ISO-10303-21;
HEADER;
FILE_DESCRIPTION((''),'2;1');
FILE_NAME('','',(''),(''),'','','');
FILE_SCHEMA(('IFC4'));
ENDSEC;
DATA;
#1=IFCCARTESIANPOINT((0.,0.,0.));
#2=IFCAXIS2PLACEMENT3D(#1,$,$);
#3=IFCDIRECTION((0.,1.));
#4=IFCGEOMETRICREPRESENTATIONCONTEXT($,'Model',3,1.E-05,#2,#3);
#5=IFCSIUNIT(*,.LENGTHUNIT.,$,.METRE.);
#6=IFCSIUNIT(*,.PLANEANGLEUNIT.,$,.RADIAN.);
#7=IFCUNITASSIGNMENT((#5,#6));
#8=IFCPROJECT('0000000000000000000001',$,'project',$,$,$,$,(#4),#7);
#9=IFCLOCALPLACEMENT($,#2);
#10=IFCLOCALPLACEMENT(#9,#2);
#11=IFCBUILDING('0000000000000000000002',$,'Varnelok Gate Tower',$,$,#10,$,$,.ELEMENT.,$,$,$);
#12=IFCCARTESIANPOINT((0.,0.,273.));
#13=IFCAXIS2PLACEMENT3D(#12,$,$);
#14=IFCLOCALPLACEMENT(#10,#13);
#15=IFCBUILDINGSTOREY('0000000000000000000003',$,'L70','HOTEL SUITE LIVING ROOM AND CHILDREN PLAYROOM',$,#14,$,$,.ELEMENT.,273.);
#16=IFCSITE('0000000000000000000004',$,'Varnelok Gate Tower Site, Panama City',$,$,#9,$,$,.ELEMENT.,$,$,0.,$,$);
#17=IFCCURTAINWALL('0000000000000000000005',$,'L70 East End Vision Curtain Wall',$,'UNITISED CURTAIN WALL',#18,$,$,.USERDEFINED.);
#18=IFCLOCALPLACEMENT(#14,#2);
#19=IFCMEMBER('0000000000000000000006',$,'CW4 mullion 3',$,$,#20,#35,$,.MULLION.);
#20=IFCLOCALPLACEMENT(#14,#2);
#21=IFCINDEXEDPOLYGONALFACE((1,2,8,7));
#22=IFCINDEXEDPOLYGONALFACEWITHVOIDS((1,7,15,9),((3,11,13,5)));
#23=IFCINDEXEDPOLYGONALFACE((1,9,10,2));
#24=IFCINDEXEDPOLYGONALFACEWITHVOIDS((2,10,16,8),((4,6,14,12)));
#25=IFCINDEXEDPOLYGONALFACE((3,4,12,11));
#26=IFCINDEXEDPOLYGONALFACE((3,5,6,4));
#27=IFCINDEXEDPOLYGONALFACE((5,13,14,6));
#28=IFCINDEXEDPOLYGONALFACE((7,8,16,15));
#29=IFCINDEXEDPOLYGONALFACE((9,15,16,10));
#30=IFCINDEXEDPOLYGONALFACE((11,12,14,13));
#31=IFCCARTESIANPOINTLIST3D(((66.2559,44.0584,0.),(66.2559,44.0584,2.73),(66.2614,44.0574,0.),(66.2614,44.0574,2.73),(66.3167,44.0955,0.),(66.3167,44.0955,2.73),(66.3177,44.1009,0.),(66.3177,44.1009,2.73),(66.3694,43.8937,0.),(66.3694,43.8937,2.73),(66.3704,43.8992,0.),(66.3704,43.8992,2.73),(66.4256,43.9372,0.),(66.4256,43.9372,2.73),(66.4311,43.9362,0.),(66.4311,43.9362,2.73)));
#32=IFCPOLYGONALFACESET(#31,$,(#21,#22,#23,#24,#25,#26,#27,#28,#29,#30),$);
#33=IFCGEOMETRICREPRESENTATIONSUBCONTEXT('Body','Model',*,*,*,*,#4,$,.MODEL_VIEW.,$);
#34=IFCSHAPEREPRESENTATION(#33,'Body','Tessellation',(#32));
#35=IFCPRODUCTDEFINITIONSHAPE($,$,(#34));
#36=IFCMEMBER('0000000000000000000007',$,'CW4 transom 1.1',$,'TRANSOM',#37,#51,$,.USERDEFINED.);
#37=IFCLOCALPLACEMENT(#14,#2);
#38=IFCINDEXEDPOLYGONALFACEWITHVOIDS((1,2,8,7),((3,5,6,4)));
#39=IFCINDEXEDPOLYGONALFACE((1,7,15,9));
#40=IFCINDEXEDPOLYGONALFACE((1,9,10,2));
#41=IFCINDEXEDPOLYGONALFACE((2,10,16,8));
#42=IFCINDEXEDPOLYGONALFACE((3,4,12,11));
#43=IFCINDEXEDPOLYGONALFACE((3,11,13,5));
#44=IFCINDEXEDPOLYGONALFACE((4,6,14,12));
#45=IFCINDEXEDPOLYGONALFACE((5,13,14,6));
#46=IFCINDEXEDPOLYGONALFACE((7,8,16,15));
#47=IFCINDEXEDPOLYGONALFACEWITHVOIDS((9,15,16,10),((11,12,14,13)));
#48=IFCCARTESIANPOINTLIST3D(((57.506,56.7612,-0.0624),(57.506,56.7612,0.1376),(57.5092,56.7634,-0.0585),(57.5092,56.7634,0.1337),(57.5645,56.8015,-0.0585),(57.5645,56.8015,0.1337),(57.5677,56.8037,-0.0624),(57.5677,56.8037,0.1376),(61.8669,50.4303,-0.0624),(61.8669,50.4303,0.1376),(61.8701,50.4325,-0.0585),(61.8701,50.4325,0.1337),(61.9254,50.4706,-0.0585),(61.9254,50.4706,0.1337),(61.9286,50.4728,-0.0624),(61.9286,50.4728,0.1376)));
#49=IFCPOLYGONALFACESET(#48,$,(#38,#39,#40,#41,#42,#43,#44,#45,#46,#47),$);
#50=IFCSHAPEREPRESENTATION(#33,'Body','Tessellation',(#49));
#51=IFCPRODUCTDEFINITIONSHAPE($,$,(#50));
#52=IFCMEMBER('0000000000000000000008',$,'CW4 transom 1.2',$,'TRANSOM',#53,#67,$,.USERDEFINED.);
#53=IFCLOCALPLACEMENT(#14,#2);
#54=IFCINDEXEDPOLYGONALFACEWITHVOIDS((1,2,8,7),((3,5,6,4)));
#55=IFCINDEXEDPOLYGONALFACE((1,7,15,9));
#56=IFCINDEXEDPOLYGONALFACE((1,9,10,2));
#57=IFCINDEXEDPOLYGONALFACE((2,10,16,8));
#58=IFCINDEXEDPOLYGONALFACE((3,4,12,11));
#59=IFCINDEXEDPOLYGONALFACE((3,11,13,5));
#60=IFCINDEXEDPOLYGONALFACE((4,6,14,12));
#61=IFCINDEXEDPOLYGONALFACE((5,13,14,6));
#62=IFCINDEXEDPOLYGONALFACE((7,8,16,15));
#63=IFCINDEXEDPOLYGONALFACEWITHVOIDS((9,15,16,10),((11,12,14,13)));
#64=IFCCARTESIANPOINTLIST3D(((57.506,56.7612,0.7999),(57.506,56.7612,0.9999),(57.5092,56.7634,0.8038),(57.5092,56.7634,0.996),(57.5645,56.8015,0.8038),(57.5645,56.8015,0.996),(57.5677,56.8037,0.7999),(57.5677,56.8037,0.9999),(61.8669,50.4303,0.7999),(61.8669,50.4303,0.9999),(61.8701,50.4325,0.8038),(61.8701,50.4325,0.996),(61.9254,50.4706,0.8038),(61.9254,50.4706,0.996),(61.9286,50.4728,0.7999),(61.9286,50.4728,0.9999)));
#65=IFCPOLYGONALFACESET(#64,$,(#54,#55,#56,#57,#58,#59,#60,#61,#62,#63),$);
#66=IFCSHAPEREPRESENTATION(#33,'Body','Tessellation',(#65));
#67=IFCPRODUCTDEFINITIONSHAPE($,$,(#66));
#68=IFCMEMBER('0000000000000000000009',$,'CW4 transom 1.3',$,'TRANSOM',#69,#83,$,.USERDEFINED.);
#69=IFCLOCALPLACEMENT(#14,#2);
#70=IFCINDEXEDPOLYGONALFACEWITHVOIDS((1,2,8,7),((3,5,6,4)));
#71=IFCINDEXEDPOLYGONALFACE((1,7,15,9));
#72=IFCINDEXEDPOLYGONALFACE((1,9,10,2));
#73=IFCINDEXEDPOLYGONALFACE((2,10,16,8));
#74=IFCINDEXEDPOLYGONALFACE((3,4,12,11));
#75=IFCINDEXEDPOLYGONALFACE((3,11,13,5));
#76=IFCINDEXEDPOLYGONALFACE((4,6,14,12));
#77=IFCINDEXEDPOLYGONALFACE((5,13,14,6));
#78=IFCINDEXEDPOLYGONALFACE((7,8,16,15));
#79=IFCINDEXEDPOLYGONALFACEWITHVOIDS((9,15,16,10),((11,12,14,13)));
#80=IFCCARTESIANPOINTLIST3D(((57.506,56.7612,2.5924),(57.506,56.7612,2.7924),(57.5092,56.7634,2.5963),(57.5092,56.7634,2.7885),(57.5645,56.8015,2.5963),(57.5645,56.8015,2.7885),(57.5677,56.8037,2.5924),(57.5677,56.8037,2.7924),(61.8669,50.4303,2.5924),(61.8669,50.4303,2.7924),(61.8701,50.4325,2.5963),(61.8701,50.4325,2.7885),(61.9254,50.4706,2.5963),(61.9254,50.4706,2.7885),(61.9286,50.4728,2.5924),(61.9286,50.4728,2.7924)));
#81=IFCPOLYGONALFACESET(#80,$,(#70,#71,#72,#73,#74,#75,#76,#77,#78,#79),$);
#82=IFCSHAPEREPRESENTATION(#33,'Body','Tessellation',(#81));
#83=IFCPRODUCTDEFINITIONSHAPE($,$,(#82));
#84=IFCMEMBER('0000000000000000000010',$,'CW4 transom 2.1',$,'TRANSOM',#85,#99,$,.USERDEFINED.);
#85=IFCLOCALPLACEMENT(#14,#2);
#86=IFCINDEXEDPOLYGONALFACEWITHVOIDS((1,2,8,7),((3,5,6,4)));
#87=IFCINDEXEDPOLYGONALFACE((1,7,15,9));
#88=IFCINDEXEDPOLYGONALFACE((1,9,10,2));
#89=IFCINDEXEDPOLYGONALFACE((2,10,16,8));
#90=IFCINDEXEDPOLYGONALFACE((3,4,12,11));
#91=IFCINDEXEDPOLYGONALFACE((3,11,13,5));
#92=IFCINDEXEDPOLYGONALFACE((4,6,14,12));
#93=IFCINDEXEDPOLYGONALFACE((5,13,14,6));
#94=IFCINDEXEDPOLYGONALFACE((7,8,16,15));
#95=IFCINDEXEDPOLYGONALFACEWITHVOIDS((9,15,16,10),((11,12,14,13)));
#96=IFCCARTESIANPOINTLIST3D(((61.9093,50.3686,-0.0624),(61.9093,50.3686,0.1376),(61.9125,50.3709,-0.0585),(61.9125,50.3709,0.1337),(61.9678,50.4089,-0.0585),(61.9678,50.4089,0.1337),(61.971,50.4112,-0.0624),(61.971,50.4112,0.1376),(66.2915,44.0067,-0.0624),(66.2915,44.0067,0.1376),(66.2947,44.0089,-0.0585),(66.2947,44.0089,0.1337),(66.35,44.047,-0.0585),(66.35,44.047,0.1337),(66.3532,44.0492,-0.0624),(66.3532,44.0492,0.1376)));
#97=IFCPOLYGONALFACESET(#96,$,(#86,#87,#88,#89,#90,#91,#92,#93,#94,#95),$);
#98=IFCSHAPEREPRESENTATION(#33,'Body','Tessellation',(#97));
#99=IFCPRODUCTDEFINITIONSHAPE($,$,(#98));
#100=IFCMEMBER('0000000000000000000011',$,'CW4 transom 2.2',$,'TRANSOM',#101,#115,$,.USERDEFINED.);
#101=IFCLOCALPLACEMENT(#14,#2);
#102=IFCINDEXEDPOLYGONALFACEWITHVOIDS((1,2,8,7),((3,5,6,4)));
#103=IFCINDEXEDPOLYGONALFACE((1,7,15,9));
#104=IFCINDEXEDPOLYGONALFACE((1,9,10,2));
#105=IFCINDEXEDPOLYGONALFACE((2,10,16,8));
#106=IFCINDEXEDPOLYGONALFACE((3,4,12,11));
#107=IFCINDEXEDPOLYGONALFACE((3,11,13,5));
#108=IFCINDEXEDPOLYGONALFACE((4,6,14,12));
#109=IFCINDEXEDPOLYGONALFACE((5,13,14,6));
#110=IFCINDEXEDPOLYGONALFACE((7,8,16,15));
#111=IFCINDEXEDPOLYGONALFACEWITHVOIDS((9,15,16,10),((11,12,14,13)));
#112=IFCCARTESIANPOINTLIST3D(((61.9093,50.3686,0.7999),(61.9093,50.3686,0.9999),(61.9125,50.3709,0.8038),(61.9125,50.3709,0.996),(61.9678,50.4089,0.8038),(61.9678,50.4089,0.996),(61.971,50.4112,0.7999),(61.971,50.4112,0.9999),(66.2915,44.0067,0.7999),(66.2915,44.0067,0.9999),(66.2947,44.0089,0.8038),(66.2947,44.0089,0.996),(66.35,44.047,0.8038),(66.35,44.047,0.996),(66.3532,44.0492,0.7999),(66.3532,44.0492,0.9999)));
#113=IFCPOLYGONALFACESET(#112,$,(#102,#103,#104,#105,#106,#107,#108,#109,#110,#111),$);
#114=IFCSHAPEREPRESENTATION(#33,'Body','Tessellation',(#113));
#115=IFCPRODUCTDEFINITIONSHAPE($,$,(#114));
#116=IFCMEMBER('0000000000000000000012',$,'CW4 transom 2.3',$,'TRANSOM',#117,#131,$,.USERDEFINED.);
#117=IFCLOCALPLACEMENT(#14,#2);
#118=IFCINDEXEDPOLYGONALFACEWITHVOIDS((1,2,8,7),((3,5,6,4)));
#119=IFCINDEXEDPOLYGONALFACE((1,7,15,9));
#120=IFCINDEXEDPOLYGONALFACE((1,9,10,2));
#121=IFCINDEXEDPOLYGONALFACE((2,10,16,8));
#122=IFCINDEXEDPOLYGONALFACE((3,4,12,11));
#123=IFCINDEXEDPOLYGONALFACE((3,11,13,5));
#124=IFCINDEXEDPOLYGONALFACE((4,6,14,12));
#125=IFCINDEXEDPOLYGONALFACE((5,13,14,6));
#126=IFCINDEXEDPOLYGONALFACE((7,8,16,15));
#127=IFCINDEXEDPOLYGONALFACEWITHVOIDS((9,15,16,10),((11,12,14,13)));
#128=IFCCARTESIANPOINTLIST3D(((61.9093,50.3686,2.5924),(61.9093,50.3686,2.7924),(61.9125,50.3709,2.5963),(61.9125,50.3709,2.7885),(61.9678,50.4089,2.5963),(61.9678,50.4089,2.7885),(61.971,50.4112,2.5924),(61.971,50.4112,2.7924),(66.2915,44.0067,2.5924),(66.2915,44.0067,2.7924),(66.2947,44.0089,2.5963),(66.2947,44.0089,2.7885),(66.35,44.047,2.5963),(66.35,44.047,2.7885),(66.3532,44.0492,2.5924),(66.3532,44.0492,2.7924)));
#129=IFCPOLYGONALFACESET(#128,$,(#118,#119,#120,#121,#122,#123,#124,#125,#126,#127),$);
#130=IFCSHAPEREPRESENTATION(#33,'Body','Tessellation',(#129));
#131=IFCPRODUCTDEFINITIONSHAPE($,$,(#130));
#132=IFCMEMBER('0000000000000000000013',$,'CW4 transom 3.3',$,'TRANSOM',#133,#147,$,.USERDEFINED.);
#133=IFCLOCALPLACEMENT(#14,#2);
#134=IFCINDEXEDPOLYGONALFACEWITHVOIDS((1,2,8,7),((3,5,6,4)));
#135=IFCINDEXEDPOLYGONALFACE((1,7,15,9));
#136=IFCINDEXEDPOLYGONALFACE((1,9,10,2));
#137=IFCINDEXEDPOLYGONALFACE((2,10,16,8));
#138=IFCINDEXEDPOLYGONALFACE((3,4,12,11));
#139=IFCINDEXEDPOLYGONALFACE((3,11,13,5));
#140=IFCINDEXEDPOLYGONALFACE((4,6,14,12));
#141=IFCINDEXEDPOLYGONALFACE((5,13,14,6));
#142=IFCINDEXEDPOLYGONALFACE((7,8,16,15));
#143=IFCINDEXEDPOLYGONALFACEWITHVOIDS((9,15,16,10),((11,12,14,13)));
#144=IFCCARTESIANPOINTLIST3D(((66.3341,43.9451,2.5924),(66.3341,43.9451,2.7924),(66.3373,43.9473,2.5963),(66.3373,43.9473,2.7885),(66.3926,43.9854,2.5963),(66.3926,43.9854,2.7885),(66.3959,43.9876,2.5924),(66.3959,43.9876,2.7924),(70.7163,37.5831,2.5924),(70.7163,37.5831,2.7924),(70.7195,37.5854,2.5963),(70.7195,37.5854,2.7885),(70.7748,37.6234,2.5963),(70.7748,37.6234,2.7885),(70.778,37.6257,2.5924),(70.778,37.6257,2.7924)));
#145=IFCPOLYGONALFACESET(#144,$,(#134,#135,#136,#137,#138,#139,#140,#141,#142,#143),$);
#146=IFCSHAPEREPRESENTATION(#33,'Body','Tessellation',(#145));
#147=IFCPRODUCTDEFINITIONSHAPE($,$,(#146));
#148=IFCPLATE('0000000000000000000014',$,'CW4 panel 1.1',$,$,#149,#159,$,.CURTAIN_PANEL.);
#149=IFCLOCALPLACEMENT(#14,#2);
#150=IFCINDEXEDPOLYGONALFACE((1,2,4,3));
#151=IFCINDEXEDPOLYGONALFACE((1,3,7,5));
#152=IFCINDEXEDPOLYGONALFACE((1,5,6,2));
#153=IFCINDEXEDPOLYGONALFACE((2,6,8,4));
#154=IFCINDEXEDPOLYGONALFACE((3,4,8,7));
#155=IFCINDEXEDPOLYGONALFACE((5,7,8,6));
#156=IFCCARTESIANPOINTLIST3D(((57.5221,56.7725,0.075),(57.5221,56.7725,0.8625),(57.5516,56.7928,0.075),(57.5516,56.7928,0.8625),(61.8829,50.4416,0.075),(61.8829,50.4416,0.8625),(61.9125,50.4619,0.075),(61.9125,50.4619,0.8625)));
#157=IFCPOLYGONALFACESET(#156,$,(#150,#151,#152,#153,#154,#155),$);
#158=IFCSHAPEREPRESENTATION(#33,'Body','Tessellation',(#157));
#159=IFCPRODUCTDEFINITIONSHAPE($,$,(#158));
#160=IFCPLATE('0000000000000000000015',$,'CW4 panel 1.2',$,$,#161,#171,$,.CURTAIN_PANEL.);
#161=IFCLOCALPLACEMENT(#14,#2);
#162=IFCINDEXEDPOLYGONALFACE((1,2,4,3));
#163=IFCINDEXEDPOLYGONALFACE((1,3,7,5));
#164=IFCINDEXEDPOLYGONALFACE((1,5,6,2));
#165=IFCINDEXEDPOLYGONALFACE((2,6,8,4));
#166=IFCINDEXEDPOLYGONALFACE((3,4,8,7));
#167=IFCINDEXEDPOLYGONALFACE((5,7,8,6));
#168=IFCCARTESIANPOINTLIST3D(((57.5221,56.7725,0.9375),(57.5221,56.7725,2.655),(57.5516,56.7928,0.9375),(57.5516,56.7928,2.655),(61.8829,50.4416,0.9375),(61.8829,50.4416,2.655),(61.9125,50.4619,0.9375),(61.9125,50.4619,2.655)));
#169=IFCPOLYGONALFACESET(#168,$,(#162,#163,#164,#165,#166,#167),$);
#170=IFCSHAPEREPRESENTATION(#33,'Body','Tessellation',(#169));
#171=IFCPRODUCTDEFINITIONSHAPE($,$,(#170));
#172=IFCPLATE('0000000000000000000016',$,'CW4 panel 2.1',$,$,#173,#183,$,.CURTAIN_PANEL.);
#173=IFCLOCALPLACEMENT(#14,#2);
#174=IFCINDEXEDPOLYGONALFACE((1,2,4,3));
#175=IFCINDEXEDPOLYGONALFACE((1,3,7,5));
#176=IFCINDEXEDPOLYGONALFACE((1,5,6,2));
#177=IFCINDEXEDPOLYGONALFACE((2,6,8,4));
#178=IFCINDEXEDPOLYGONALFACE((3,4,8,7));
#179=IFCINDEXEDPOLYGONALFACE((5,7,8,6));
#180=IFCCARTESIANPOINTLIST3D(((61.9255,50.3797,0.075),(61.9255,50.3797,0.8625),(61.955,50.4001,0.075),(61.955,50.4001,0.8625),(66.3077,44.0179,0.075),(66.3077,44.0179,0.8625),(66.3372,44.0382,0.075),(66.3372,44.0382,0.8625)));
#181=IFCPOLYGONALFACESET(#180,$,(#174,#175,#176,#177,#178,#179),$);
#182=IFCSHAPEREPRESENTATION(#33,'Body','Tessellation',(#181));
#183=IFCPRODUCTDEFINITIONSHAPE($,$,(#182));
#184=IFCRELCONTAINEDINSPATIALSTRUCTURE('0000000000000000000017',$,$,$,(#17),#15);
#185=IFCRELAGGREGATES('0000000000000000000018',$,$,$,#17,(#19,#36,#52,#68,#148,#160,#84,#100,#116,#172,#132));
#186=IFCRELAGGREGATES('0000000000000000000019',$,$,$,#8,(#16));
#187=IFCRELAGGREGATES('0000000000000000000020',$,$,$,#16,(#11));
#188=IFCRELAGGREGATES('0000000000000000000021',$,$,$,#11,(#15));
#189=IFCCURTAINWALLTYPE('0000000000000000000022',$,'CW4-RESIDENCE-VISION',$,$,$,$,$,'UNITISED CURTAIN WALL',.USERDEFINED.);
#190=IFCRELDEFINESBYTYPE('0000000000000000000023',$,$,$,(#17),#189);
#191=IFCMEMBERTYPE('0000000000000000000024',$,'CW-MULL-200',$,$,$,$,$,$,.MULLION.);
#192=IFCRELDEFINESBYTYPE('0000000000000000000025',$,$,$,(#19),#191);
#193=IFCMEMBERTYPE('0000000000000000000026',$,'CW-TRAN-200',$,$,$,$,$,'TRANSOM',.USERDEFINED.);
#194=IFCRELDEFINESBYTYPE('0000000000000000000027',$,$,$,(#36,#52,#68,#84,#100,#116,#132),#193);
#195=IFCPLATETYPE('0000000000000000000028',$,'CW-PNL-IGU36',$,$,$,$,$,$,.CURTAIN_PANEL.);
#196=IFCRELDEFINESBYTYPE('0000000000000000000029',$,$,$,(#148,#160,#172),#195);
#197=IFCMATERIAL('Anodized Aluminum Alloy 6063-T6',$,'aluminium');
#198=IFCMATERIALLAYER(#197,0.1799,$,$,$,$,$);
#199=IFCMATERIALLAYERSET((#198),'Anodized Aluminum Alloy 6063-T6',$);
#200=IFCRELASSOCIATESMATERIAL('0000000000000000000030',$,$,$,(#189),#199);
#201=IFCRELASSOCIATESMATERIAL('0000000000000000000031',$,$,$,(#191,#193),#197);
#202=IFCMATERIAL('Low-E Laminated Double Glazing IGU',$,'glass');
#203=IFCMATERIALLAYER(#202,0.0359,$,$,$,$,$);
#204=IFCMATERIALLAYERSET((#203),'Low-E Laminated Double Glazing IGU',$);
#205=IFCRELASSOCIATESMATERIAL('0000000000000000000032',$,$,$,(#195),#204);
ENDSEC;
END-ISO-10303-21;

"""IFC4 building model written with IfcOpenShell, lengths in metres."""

from ifc_helpers import new_model, si_unit, direction, frame, origin, origin_2d, place, context, subcontext, project, spatial, rectangle, hollow_rectangle, extrude, source, transform, mapped, material, layer, layer_set, material_profile, profile_set, type_object, element, aggregate, save


model = new_model("IFC4")

# Units and contexts
model_context = context("Model", 3, precision=1e-05, world=origin(), true_north=direction((0.0, 1.0)))
body_context = subcontext(model_context, "Body", "Model", "MODEL_VIEW")
ifc_project = project(units=[si_unit("LENGTHUNIT", "METRE"), si_unit("PLANEANGLEUNIT", "RADIAN")], contexts=[model_context])

# Site, building, storey
site_placement = place(None, origin())
site = spatial("IfcSite", under=ifc_project, at=site_placement, Name="Varnelok Gate Tower Site, Panama City", CompositionType="ELEMENT", RefElevation=0.0)
building_placement = place(site_placement, origin())
building = spatial("IfcBuilding", under=site, at=building_placement, Name="Varnelok Gate Tower", CompositionType="ELEMENT")
storey_placement = place(building_placement, frame((0.0, 0.0, 273.0)))
storey = spatial("IfcBuildingStorey", under=building, at=storey_placement, Name="L70", Description="HOTEL SUITE LIVING ROOM AND CHILDREN PLAYROOM", CompositionType="ELEMENT", Elevation=273.0)

# Curtain wall, members, plates
ifc_material_1 = material(Name="Anodized Aluminum Alloy 6063-T6", Category="aluminium")
ifc_layer_1 = layer(ifc_material_1, 0.1799)
ifc_layer_set_1 = layer_set([ifc_layer_1], Name="Anodized Aluminum Alloy 6063-T6")
curtain_wall_type = type_object("IfcCurtainWallType", Name="CW4-RESIDENCE-VISION", ElementType="UNITISED CURTAIN WALL", PredefinedType="USERDEFINED", material=ifc_layer_set_1)
curtain_wall_placement = place(storey_placement, origin())
curtain_wall = element("IfcCurtainWall", 1, at=curtain_wall_placement, inside=storey, type_object=curtain_wall_type, Name="L70 East End Vision Curtain Wall", ObjectType="UNITISED CURTAIN WALL", PredefinedType="USERDEFINED")
ifc_material_profile_1 = material_profile(ifc_material_1, hollow_rectangle(XDim=0.075, YDim=0.2, WallThickness=0.0039, at=origin_2d()), Name="ALU200X75X4")
ifc_profile_set_1 = profile_set([ifc_material_profile_1], Name="Anodized Aluminum Alloy 6063-T6")
member_type_1 = type_object("IfcMemberType", Name="CW-MULL-200", PredefinedType="MULLION", material=ifc_profile_set_1)
member_1_placement = place(storey_placement, frame((66.3435, 43.9973, 0.0), z_axis=(0.0, 0.0, 1.0), x_axis=(0.823532, 0.567269, 0.0)))
member_1 = element("IfcMember", 2, at=member_1_placement, type_object=member_type_1, Name="CW4 mullion 3", PredefinedType="MULLION", context=body_context, shape_type="SweptSolid", body=[
    extrude(hollow_rectangle(XDim=0.075, YDim=0.2, WallThickness=0.0039, at=origin_2d()), origin(), (0.0, 0.0, 1.0), 2.73),
])
ifc_material_profile_2 = material_profile(ifc_material_1, hollow_rectangle(XDim=0.075, YDim=0.2, WallThickness=0.0039, at=origin_2d()), Name="ALU200X75X4")
ifc_profile_set_2 = profile_set([ifc_material_profile_2], Name="Anodized Aluminum Alloy 6063-T6")
member_type_2 = type_object("IfcMemberType", Name="CW-TRAN-200", ElementType="TRANSOM", PredefinedType="USERDEFINED", material=ifc_profile_set_2)
member_2_placement = place(storey_placement, frame((57.5369, 56.7825, 0.0376), z_axis=(0.567271, -0.823531, 0.0), x_axis=(0.823531, 0.567271, 0.0)))
member_2 = element("IfcMember", 3, at=member_2_placement, type_object=member_type_2, Name="CW4 transom 1.1", ObjectType="TRANSOM", PredefinedType="USERDEFINED", context=body_context, shape_type="SweptSolid", body=[
    extrude(hollow_rectangle(XDim=0.075, YDim=0.2, WallThickness=0.0039, at=origin_2d()), origin(), (0.0, 0.0, 1.0), 7.6875),
])
member_3_placement = place(storey_placement, frame((57.5369, 56.7825, 0.8999), z_axis=(0.567271, -0.823531, 0.0), x_axis=(0.823531, 0.567271, 0.0)))
member_3 = element("IfcMember", 4, at=member_3_placement, type_object=member_type_2, Name="CW4 transom 1.2", ObjectType="TRANSOM", PredefinedType="USERDEFINED", context=body_context, shape_type="SweptSolid", body=[
    extrude(hollow_rectangle(XDim=0.075, YDim=0.2, WallThickness=0.0039, at=origin_2d()), origin(), (0.0, 0.0, 1.0), 7.6875),
])
member_4_placement = place(storey_placement, frame((57.5369, 56.7825, 2.6924), z_axis=(0.567271, -0.823531, 0.0), x_axis=(0.823531, 0.567271, 0.0)))
member_4 = element("IfcMember", 5, at=member_4_placement, type_object=member_type_2, Name="CW4 transom 1.3", ObjectType="TRANSOM", PredefinedType="USERDEFINED", context=body_context, shape_type="SweptSolid", body=[
    extrude(hollow_rectangle(XDim=0.075, YDim=0.2, WallThickness=0.0039, at=origin_2d()), origin(), (0.0, 0.0, 1.0), 7.6875),
])
member_5_placement = place(storey_placement, frame((61.9402, 50.3899, 0.0376), z_axis=(0.567261, -0.823538, 0.0), x_axis=(0.823538, 0.567261, 0.0)))
member_5 = element("IfcMember", 6, at=member_5_placement, type_object=member_type_2, Name="CW4 transom 2.1", ObjectType="TRANSOM", PredefinedType="USERDEFINED", context=body_context, shape_type="SweptSolid", body=[
    extrude(hollow_rectangle(XDim=0.075, YDim=0.2, WallThickness=0.0039, at=origin_2d()), origin(), (0.0, 0.0, 1.0), 7.7251),
])
member_6_placement = place(storey_placement, frame((61.9402, 50.3899, 0.8999), z_axis=(0.567261, -0.823538, 0.0), x_axis=(0.823538, 0.567261, 0.0)))
member_6 = element("IfcMember", 7, at=member_6_placement, type_object=member_type_2, Name="CW4 transom 2.2", ObjectType="TRANSOM", PredefinedType="USERDEFINED", context=body_context, shape_type="SweptSolid", body=[
    extrude(hollow_rectangle(XDim=0.075, YDim=0.2, WallThickness=0.0039, at=origin_2d()), origin(), (0.0, 0.0, 1.0), 7.7251),
])
member_7_placement = place(storey_placement, frame((61.9402, 50.3899, 2.6924), z_axis=(0.567261, -0.823538, 0.0), x_axis=(0.823538, 0.567261, 0.0)))
member_7 = element("IfcMember", 8, at=member_7_placement, type_object=member_type_2, Name="CW4 transom 2.3", ObjectType="TRANSOM", PredefinedType="USERDEFINED", context=body_context, shape_type="SweptSolid", body=[
    extrude(hollow_rectangle(XDim=0.075, YDim=0.2, WallThickness=0.0039, at=origin_2d()), origin(), (0.0, 0.0, 1.0), 7.7251),
])
member_8_placement = place(storey_placement, frame((66.365, 43.9663, 2.6924), z_axis=(0.567261, -0.823538, 0.0), x_axis=(0.823538, 0.567261, 0.0)))
member_8 = element("IfcMember", 9, at=member_8_placement, type_object=member_type_2, Name="CW4 transom 3.3", ObjectType="TRANSOM", PredefinedType="USERDEFINED", context=body_context, shape_type="SweptSolid", body=[
    extrude(hollow_rectangle(XDim=0.075, YDim=0.2, WallThickness=0.0039, at=origin_2d()), origin(), (0.0, 0.0, 1.0), 7.7251),
])
ifc_material_2 = material(Name="Low-E Laminated Double Glazing IGU", Category="glass")
ifc_layer_2 = layer(ifc_material_2, 0.0359)
ifc_layer_set_2 = layer_set([ifc_layer_2], Name="Low-E Laminated Double Glazing IGU")
plate_type = type_object("IfcPlateType", Name="CW-PNL-IGU36", PredefinedType="CURTAIN_PANEL", material=ifc_layer_set_2)
shared_shape_1 = source(origin(), body_context, "Body", "SweptSolid", [
    extrude(rectangle(XDim=7.6875, YDim=0.0359, at=origin_2d()), origin(), (0.0, 0.0, 1.0), 0.7876),
])
plate_1_placement = place(storey_placement, frame((59.7173, 53.6172, 0.075), z_axis=(0.0, 0.0, 1.0), x_axis=(0.567269, -0.823532, 0.0)))
plate_1 = element("IfcPlate", 10, at=plate_1_placement, type_object=plate_type, Name="CW4 panel 1.1", PredefinedType="CURTAIN_PANEL", context=body_context, shape_type="MappedRepresentation", body=[
    mapped(shared_shape_1, transform((0.0, 0.0, 0.0), scale=1.0)),
])
shared_shape_2 = source(origin(), body_context, "Body", "SweptSolid", [
    extrude(rectangle(XDim=7.6875, YDim=0.0359, at=origin_2d()), origin(), (0.0, 0.0, 1.0), 1.7175),
])
plate_2_placement = place(storey_placement, frame((59.7173, 53.6172, 0.9375), z_axis=(0.0, 0.0, 1.0), x_axis=(0.567269, -0.823532, 0.0)))
plate_2 = element("IfcPlate", 11, at=plate_2_placement, type_object=plate_type, Name="CW4 panel 1.2", PredefinedType="CURTAIN_PANEL", context=body_context, shape_type="MappedRepresentation", body=[
    mapped(shared_shape_2, transform((0.0, 0.0, 0.0), scale=1.0)),
])
shared_shape_3 = source(origin(), body_context, "Body", "SweptSolid", [
    extrude(rectangle(XDim=7.7251, YDim=0.0359, at=origin_2d()), origin(), (0.0, 0.0, 1.0), 0.7876),
])
plate_3_placement = place(storey_placement, frame((64.1313, 47.209, 0.075), z_axis=(0.0, 0.0, 1.0), x_axis=(0.567269, -0.823532, 0.0)))
plate_3 = element("IfcPlate", 12, at=plate_3_placement, type_object=plate_type, Name="CW4 panel 2.1", PredefinedType="CURTAIN_PANEL", context=body_context, shape_type="MappedRepresentation", body=[
    mapped(shared_shape_3, transform((0.0, 0.0, 0.0), scale=1.0)),
])
aggregate(curtain_wall, [member_1, member_2, member_3, member_4, plate_1, plate_2, member_5, member_6, member_7, plate_3, member_8])

save(model, "model.ifc")
